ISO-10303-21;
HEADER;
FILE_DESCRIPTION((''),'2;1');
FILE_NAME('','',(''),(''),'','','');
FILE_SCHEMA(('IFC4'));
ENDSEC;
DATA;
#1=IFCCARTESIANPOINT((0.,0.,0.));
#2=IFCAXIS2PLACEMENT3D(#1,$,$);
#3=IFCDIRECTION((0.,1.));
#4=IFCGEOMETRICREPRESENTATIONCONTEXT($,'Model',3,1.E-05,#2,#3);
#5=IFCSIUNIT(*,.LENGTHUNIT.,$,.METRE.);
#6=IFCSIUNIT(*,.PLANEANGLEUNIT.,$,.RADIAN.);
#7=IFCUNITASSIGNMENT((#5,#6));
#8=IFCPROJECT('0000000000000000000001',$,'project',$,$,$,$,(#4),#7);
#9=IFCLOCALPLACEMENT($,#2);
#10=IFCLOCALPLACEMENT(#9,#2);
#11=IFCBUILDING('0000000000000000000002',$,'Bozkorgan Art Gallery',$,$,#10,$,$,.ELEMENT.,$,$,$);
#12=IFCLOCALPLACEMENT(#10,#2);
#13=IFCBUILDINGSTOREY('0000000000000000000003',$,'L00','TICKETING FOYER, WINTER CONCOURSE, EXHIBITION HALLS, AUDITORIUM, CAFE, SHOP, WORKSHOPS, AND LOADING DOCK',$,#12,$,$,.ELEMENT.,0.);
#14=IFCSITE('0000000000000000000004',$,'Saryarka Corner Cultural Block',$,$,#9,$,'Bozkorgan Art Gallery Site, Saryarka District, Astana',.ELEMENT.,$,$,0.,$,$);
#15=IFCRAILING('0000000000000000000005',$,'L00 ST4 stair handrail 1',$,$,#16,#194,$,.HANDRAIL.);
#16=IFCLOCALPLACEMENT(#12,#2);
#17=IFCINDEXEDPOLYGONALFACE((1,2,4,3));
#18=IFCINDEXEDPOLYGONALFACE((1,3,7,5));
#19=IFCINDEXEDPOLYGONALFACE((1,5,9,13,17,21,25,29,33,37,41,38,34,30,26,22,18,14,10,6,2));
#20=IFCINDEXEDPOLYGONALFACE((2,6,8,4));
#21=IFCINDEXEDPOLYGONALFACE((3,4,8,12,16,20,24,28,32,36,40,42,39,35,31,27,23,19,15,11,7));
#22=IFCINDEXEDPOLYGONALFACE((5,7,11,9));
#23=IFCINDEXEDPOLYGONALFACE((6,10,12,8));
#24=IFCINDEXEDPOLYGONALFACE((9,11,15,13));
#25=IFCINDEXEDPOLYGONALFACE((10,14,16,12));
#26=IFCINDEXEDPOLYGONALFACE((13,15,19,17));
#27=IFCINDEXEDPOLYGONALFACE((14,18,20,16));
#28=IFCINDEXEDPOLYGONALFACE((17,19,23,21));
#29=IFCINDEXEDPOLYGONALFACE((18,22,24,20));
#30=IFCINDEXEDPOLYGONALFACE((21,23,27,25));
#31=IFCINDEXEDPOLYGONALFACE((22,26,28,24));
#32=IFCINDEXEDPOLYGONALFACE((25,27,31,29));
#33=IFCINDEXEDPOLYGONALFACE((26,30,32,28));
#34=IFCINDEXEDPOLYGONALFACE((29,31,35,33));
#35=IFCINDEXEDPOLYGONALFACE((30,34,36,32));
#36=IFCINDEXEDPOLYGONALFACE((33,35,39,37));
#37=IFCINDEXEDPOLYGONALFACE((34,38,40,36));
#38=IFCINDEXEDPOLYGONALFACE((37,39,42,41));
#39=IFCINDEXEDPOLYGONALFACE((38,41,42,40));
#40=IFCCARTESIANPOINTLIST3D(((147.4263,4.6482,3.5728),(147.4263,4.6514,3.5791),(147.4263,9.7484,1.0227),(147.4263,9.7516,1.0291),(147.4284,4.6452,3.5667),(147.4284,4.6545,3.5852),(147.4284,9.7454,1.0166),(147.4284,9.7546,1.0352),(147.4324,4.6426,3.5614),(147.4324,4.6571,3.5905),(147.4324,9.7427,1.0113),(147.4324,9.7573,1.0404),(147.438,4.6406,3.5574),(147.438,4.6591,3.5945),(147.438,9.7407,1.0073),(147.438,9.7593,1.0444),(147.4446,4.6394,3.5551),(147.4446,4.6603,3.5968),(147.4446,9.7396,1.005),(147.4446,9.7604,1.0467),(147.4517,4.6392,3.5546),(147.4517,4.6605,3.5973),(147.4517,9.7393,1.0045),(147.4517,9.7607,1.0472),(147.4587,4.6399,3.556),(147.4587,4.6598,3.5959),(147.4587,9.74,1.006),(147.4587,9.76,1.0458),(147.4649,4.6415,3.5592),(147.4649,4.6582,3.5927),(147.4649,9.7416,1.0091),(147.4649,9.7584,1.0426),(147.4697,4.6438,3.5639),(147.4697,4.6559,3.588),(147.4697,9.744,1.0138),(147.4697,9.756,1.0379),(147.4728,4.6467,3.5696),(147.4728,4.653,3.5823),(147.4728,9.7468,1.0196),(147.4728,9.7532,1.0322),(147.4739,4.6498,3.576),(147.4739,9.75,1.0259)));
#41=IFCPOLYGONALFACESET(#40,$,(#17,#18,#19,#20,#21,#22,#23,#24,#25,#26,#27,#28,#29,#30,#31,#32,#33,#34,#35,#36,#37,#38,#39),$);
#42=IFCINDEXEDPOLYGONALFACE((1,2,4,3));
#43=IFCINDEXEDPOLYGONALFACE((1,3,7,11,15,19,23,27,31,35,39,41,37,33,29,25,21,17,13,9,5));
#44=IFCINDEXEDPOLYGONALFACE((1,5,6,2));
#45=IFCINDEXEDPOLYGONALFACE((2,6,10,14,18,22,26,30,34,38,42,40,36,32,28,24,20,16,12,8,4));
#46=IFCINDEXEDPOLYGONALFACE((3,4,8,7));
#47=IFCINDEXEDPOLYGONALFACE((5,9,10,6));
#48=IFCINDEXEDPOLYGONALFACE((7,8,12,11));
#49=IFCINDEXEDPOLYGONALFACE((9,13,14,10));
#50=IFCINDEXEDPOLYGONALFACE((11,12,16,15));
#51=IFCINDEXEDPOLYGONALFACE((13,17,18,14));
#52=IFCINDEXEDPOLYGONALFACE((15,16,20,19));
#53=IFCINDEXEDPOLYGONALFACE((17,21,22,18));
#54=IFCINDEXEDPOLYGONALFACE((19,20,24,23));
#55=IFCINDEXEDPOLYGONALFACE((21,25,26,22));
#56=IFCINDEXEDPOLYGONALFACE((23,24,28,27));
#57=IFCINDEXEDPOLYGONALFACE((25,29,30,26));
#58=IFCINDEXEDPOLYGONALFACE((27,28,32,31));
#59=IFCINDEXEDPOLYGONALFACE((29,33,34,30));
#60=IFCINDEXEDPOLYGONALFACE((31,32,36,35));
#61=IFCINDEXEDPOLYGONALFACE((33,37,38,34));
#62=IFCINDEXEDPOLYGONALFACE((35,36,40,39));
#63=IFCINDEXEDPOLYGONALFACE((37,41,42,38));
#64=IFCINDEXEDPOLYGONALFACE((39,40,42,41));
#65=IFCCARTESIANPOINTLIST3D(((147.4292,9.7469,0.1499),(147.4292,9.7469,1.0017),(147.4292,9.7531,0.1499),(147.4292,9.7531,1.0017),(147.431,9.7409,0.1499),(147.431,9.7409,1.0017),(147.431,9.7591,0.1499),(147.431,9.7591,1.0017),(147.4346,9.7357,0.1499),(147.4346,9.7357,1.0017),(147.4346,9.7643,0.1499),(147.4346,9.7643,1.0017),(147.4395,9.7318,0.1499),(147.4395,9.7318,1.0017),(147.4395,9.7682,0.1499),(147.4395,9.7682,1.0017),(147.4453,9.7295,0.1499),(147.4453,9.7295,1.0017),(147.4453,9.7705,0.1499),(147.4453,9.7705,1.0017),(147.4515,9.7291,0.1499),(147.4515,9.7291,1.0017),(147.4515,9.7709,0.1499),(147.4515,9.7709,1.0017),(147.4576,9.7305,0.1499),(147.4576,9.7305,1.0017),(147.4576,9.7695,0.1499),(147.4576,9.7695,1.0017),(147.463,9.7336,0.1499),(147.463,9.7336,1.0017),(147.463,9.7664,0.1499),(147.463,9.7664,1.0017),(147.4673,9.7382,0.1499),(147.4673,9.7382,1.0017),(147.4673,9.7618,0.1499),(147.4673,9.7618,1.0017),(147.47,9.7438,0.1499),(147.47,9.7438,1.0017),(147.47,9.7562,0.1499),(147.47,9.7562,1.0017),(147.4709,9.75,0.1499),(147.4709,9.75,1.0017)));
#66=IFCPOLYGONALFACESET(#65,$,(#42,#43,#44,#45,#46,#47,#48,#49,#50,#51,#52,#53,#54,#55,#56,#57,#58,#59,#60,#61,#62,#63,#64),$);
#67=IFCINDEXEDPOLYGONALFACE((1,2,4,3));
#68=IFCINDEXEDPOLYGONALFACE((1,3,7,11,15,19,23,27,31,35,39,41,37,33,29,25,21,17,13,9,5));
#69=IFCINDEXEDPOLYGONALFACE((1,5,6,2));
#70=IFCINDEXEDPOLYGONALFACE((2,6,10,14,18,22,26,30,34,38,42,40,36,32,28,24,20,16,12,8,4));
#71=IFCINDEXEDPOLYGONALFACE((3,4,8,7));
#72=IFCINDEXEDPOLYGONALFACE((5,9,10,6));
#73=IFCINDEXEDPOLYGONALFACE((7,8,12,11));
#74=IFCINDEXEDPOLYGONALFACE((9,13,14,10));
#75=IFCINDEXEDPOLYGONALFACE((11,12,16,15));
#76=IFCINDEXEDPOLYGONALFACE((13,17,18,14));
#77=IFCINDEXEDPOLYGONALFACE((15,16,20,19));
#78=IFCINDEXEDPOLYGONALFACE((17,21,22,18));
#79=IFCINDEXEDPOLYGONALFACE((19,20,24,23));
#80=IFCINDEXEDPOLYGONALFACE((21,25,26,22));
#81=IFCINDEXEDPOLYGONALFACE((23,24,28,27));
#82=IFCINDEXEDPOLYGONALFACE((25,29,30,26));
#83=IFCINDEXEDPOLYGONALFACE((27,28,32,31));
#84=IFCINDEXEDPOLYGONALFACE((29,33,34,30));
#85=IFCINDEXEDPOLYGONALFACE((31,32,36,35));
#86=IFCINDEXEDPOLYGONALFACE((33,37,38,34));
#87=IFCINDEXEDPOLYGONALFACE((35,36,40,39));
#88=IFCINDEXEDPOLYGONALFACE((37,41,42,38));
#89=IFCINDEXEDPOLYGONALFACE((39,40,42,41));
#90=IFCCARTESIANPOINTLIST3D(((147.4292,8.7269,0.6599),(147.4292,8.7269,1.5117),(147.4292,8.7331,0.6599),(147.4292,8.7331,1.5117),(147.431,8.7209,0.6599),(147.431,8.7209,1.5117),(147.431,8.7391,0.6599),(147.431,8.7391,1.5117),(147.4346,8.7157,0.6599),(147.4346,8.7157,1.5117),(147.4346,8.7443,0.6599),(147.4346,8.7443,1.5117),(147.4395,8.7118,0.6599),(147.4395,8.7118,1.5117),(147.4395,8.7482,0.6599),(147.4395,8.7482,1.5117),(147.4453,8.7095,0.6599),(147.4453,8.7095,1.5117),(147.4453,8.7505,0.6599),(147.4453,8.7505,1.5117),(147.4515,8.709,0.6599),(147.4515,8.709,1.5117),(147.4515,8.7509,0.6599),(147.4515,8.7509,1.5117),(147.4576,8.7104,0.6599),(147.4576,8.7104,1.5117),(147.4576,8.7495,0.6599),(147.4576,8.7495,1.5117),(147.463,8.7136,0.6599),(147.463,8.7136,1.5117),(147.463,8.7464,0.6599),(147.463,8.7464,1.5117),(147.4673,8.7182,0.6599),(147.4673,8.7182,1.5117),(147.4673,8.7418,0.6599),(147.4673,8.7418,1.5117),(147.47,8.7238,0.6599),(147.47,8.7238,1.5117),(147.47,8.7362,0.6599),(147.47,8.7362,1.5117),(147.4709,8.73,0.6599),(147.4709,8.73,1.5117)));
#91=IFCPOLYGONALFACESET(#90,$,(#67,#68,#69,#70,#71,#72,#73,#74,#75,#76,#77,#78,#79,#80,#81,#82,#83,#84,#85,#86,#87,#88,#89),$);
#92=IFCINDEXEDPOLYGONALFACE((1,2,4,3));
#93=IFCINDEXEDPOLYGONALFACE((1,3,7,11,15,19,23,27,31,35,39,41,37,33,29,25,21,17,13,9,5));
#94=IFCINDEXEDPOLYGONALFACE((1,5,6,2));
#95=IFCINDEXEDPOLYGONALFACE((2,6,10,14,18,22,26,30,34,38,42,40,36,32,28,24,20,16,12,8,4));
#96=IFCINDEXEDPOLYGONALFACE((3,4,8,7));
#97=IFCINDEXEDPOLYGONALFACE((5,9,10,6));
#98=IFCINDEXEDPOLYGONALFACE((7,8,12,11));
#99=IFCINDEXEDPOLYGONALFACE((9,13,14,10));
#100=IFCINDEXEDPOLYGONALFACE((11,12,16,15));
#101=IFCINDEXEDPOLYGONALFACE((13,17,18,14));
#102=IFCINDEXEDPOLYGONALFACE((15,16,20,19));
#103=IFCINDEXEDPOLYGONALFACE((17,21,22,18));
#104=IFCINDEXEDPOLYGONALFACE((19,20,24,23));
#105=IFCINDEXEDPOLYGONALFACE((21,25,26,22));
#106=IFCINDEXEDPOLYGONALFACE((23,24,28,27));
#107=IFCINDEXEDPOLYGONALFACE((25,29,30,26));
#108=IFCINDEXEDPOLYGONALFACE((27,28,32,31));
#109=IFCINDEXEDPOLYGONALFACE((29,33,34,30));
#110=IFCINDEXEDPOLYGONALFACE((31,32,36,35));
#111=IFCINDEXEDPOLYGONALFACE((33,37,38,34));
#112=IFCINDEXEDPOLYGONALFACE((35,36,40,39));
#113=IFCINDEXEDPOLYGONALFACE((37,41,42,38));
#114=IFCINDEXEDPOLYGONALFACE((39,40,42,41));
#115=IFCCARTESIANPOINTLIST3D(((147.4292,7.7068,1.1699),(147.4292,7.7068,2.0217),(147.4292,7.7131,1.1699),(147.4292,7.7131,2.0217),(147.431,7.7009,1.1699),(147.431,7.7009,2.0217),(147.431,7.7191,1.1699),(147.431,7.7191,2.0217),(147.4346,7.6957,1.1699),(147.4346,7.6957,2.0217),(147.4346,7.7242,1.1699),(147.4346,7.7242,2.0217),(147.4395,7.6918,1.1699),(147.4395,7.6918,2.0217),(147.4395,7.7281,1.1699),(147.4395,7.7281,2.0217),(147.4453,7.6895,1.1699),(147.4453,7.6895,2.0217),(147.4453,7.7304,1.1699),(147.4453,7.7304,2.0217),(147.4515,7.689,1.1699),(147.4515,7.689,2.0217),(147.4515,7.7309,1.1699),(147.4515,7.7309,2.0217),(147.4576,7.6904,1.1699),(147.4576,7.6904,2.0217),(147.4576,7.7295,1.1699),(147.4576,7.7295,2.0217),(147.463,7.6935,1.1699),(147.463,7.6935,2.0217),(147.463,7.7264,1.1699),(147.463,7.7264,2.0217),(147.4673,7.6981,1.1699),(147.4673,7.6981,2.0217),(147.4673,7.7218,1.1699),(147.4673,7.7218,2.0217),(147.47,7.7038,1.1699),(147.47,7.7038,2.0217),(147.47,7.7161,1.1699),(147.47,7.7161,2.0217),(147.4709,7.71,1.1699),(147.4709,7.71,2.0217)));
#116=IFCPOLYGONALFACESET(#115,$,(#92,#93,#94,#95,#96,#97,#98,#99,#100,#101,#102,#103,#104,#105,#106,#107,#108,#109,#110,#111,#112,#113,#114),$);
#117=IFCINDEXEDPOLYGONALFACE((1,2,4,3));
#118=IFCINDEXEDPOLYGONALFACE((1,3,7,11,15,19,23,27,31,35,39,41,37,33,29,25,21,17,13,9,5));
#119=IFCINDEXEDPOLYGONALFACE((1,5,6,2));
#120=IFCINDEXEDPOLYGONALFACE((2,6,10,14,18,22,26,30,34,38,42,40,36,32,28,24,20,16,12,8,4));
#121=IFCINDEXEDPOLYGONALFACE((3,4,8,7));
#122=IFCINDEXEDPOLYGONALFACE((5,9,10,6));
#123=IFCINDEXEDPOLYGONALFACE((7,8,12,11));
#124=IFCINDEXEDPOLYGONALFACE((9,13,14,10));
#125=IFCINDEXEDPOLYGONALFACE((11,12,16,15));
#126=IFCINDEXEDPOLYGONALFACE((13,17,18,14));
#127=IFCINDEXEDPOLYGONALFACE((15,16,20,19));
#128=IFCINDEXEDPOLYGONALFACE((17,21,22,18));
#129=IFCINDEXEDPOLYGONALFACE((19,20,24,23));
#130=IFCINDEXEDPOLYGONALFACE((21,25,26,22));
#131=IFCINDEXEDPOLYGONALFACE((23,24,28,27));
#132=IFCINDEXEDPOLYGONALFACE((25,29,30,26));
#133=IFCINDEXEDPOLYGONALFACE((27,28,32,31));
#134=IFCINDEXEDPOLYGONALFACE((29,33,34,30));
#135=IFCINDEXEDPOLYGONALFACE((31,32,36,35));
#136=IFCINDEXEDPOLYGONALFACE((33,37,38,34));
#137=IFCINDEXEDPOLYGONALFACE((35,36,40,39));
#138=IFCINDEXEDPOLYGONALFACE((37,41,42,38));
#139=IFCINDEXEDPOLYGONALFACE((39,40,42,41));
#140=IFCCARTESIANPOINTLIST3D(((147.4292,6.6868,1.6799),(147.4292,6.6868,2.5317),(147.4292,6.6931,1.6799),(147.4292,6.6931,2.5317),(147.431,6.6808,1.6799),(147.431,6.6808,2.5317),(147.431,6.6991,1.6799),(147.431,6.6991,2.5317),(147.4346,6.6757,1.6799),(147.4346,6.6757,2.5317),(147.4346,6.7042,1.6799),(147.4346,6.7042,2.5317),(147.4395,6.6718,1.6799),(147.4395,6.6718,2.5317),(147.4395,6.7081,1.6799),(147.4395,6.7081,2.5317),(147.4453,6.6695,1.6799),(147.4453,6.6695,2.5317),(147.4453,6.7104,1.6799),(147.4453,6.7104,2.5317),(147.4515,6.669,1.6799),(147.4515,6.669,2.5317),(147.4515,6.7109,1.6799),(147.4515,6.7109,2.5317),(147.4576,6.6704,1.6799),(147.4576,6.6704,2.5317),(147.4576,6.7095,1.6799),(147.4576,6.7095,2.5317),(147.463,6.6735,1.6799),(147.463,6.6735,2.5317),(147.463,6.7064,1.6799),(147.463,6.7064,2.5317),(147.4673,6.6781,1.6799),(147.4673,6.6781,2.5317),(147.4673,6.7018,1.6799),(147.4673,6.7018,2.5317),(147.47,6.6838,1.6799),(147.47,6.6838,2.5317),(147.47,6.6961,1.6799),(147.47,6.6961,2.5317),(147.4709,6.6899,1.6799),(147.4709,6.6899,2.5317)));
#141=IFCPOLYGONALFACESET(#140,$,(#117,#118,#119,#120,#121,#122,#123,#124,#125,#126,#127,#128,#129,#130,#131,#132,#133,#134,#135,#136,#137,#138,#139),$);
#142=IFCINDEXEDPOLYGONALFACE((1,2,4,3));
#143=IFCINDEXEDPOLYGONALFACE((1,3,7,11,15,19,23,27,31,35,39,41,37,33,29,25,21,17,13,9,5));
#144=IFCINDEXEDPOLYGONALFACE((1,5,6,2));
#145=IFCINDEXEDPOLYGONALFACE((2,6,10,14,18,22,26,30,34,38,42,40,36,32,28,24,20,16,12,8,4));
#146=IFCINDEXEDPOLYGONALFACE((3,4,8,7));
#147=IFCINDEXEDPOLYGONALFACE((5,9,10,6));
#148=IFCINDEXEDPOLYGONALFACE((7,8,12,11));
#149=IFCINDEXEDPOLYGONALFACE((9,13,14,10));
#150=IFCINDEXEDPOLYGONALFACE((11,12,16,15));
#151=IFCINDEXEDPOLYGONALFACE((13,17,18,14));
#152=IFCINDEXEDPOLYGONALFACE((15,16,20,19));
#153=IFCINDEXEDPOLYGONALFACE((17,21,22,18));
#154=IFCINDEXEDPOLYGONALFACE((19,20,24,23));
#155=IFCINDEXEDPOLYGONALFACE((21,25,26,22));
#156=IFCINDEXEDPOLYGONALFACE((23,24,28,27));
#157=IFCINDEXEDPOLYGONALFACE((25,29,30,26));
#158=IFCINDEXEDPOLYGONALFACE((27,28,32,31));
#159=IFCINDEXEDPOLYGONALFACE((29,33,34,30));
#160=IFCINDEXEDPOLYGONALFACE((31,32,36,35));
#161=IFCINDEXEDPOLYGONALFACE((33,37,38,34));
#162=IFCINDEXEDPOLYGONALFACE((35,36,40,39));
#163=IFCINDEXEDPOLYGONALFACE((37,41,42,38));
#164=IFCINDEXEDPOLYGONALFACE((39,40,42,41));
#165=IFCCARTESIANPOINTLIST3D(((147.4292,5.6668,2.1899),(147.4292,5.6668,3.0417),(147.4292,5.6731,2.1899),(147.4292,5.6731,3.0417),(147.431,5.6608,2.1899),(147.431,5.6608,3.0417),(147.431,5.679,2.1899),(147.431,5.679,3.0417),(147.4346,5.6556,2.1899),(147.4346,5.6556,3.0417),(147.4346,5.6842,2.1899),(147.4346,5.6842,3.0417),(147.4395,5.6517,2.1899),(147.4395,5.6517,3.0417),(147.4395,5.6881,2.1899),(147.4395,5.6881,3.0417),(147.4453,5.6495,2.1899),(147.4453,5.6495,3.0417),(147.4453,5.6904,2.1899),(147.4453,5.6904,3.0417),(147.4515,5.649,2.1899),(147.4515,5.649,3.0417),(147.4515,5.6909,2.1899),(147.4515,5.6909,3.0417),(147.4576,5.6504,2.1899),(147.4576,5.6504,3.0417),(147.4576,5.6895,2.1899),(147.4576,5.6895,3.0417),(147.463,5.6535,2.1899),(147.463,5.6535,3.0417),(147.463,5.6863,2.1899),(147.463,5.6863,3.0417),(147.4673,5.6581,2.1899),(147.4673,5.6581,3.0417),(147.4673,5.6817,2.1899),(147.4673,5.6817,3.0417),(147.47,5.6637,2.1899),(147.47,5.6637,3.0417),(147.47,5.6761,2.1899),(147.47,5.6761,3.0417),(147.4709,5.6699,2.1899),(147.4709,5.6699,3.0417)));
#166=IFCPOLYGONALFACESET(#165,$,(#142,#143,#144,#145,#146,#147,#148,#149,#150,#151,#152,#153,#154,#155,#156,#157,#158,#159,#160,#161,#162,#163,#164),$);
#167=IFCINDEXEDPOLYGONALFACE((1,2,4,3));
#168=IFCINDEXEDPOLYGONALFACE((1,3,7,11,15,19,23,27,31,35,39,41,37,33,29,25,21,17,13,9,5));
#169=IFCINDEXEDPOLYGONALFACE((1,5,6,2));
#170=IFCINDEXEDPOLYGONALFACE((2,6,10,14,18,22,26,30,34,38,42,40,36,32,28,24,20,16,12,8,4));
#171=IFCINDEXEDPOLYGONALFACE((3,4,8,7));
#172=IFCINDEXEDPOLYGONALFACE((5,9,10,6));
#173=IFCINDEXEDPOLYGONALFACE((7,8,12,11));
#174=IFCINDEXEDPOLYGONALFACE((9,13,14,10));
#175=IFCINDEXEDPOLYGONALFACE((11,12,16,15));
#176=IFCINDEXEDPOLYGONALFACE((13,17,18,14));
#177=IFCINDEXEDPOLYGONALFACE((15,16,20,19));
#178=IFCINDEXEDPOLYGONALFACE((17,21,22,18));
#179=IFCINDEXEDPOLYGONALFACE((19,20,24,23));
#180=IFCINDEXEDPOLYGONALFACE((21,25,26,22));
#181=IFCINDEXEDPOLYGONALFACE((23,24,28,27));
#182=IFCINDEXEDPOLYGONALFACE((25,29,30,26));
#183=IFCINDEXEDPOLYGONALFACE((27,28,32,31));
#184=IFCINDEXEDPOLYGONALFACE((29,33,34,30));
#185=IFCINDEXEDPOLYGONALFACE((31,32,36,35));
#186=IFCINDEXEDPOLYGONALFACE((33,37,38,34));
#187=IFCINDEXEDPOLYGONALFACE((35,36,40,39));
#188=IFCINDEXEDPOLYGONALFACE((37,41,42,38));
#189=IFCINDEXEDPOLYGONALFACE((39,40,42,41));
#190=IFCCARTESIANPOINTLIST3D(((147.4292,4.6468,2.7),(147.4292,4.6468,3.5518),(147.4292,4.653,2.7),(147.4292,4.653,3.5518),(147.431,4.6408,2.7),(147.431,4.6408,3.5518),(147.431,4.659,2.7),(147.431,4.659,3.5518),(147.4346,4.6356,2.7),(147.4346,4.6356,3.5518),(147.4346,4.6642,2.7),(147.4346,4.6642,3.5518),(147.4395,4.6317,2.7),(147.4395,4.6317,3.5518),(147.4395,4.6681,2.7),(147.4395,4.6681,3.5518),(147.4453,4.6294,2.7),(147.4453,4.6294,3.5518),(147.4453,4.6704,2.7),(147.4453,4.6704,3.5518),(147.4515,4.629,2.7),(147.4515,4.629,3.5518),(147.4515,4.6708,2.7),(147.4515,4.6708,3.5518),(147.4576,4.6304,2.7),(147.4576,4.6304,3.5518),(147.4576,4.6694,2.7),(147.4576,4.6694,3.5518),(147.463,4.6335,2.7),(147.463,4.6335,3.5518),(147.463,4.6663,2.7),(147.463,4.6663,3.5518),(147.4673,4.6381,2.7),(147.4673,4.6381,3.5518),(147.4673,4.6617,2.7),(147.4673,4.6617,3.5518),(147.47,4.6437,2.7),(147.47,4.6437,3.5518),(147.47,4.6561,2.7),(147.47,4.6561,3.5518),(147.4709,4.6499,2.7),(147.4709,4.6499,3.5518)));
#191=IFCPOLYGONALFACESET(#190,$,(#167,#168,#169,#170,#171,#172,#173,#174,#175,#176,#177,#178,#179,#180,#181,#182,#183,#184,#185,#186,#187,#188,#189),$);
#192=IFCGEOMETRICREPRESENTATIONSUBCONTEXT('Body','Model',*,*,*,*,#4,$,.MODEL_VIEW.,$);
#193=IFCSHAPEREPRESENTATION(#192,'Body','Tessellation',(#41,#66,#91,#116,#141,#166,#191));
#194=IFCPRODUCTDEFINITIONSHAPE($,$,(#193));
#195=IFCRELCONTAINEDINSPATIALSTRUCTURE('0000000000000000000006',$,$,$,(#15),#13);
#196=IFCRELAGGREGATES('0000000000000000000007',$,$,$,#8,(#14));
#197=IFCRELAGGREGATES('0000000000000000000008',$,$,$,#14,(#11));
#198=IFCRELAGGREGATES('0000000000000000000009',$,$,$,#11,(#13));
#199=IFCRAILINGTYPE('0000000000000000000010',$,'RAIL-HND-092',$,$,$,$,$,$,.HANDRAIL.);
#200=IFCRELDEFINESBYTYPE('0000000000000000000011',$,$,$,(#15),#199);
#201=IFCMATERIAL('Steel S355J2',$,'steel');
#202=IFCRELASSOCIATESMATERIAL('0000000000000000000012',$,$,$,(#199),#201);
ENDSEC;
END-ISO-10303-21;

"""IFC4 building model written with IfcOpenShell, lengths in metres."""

from ifc_helpers import new_model, si_unit, direction, frame, origin, origin_2d, place, context, subcontext, project, spatial, circle, extrude, material, type_object, element, save


model = new_model("IFC4")

# Units and contexts
model_context = context("Model", 3, precision=1e-05, world=origin(), true_north=direction((0.0, 1.0)))
body_context = subcontext(model_context, "Body", "Model", "MODEL_VIEW")
ifc_project = project(units=[si_unit("LENGTHUNIT", "METRE"), si_unit("PLANEANGLEUNIT", "RADIAN")], contexts=[model_context])

# Site, building, storey
site_placement = place(None, origin())
site = spatial("IfcSite", under=ifc_project, at=site_placement, Name="Saryarka Corner Cultural Block", LongName="Bozkorgan Art Gallery Site, Saryarka District, Astana", CompositionType="ELEMENT", RefElevation=0.0)
building_placement = place(site_placement, origin())
building = spatial("IfcBuilding", under=site, at=building_placement, Name="Bozkorgan Art Gallery", CompositionType="ELEMENT")
storey_placement = place(building_placement, origin())
storey = spatial("IfcBuildingStorey", under=building, at=storey_placement, Name="L00", Description="TICKETING FOYER, WINTER CONCOURSE, EXHIBITION HALLS, AUDITORIUM, CAFE, SHOP, WORKSHOPS, AND LOADING DOCK", CompositionType="ELEMENT", Elevation=0.0)

# Shared definitions
ifc_material_1 = material(Name="Steel S355J2", Category="steel")

# Railing
railing_type_1 = type_object("IfcRailingType", Name="RAIL-HND-092", PredefinedType="HANDRAIL", material=ifc_material_1)
railing_1_placement = place(storey_placement, frame((147.45, 9.75, 0.1499)))
element("IfcRailing", 1, at=railing_1_placement, inside=storey, type_object=railing_type_1, Name="L00 ST4 stair handrail 1", PredefinedType="HANDRAIL", context=body_context, shape_type="SweptSolid", body=[
    extrude(circle(Radius=0.0239, at=origin_2d()), frame((0.0, 0.0, 0.876), z_axis=(0.0, -0.894427, 0.447214), x_axis=(1.0, 0.0, 0.0)), (0.0, 0.0, 1.0), 5.7021),
    extrude(circle(Radius=0.021, at=origin_2d()), origin(), (0.0, 0.0, 1.0), 0.8518),
    extrude(circle(Radius=0.021, at=origin_2d()), frame((0.0, -1.02, 0.51)), (0.0, 0.0, 1.0), 0.8518),
    extrude(circle(Radius=0.021, at=origin_2d()), frame((0.0, -2.04, 1.02)), (0.0, 0.0, 1.0), 0.8518),
    extrude(circle(Radius=0.021, at=origin_2d()), frame((0.0, -3.0601, 1.53)), (0.0, 0.0, 1.0), 0.8518),
    extrude(circle(Radius=0.021, at=origin_2d()), frame((0.0, -4.0801, 2.04)), (0.0, 0.0, 1.0), 0.8518),
    extrude(circle(Radius=0.021, at=origin_2d()), frame((0.0, -5.1001, 2.55)), (0.0, 0.0, 1.0), 0.8518),
])

save(model, "model.ifc")
